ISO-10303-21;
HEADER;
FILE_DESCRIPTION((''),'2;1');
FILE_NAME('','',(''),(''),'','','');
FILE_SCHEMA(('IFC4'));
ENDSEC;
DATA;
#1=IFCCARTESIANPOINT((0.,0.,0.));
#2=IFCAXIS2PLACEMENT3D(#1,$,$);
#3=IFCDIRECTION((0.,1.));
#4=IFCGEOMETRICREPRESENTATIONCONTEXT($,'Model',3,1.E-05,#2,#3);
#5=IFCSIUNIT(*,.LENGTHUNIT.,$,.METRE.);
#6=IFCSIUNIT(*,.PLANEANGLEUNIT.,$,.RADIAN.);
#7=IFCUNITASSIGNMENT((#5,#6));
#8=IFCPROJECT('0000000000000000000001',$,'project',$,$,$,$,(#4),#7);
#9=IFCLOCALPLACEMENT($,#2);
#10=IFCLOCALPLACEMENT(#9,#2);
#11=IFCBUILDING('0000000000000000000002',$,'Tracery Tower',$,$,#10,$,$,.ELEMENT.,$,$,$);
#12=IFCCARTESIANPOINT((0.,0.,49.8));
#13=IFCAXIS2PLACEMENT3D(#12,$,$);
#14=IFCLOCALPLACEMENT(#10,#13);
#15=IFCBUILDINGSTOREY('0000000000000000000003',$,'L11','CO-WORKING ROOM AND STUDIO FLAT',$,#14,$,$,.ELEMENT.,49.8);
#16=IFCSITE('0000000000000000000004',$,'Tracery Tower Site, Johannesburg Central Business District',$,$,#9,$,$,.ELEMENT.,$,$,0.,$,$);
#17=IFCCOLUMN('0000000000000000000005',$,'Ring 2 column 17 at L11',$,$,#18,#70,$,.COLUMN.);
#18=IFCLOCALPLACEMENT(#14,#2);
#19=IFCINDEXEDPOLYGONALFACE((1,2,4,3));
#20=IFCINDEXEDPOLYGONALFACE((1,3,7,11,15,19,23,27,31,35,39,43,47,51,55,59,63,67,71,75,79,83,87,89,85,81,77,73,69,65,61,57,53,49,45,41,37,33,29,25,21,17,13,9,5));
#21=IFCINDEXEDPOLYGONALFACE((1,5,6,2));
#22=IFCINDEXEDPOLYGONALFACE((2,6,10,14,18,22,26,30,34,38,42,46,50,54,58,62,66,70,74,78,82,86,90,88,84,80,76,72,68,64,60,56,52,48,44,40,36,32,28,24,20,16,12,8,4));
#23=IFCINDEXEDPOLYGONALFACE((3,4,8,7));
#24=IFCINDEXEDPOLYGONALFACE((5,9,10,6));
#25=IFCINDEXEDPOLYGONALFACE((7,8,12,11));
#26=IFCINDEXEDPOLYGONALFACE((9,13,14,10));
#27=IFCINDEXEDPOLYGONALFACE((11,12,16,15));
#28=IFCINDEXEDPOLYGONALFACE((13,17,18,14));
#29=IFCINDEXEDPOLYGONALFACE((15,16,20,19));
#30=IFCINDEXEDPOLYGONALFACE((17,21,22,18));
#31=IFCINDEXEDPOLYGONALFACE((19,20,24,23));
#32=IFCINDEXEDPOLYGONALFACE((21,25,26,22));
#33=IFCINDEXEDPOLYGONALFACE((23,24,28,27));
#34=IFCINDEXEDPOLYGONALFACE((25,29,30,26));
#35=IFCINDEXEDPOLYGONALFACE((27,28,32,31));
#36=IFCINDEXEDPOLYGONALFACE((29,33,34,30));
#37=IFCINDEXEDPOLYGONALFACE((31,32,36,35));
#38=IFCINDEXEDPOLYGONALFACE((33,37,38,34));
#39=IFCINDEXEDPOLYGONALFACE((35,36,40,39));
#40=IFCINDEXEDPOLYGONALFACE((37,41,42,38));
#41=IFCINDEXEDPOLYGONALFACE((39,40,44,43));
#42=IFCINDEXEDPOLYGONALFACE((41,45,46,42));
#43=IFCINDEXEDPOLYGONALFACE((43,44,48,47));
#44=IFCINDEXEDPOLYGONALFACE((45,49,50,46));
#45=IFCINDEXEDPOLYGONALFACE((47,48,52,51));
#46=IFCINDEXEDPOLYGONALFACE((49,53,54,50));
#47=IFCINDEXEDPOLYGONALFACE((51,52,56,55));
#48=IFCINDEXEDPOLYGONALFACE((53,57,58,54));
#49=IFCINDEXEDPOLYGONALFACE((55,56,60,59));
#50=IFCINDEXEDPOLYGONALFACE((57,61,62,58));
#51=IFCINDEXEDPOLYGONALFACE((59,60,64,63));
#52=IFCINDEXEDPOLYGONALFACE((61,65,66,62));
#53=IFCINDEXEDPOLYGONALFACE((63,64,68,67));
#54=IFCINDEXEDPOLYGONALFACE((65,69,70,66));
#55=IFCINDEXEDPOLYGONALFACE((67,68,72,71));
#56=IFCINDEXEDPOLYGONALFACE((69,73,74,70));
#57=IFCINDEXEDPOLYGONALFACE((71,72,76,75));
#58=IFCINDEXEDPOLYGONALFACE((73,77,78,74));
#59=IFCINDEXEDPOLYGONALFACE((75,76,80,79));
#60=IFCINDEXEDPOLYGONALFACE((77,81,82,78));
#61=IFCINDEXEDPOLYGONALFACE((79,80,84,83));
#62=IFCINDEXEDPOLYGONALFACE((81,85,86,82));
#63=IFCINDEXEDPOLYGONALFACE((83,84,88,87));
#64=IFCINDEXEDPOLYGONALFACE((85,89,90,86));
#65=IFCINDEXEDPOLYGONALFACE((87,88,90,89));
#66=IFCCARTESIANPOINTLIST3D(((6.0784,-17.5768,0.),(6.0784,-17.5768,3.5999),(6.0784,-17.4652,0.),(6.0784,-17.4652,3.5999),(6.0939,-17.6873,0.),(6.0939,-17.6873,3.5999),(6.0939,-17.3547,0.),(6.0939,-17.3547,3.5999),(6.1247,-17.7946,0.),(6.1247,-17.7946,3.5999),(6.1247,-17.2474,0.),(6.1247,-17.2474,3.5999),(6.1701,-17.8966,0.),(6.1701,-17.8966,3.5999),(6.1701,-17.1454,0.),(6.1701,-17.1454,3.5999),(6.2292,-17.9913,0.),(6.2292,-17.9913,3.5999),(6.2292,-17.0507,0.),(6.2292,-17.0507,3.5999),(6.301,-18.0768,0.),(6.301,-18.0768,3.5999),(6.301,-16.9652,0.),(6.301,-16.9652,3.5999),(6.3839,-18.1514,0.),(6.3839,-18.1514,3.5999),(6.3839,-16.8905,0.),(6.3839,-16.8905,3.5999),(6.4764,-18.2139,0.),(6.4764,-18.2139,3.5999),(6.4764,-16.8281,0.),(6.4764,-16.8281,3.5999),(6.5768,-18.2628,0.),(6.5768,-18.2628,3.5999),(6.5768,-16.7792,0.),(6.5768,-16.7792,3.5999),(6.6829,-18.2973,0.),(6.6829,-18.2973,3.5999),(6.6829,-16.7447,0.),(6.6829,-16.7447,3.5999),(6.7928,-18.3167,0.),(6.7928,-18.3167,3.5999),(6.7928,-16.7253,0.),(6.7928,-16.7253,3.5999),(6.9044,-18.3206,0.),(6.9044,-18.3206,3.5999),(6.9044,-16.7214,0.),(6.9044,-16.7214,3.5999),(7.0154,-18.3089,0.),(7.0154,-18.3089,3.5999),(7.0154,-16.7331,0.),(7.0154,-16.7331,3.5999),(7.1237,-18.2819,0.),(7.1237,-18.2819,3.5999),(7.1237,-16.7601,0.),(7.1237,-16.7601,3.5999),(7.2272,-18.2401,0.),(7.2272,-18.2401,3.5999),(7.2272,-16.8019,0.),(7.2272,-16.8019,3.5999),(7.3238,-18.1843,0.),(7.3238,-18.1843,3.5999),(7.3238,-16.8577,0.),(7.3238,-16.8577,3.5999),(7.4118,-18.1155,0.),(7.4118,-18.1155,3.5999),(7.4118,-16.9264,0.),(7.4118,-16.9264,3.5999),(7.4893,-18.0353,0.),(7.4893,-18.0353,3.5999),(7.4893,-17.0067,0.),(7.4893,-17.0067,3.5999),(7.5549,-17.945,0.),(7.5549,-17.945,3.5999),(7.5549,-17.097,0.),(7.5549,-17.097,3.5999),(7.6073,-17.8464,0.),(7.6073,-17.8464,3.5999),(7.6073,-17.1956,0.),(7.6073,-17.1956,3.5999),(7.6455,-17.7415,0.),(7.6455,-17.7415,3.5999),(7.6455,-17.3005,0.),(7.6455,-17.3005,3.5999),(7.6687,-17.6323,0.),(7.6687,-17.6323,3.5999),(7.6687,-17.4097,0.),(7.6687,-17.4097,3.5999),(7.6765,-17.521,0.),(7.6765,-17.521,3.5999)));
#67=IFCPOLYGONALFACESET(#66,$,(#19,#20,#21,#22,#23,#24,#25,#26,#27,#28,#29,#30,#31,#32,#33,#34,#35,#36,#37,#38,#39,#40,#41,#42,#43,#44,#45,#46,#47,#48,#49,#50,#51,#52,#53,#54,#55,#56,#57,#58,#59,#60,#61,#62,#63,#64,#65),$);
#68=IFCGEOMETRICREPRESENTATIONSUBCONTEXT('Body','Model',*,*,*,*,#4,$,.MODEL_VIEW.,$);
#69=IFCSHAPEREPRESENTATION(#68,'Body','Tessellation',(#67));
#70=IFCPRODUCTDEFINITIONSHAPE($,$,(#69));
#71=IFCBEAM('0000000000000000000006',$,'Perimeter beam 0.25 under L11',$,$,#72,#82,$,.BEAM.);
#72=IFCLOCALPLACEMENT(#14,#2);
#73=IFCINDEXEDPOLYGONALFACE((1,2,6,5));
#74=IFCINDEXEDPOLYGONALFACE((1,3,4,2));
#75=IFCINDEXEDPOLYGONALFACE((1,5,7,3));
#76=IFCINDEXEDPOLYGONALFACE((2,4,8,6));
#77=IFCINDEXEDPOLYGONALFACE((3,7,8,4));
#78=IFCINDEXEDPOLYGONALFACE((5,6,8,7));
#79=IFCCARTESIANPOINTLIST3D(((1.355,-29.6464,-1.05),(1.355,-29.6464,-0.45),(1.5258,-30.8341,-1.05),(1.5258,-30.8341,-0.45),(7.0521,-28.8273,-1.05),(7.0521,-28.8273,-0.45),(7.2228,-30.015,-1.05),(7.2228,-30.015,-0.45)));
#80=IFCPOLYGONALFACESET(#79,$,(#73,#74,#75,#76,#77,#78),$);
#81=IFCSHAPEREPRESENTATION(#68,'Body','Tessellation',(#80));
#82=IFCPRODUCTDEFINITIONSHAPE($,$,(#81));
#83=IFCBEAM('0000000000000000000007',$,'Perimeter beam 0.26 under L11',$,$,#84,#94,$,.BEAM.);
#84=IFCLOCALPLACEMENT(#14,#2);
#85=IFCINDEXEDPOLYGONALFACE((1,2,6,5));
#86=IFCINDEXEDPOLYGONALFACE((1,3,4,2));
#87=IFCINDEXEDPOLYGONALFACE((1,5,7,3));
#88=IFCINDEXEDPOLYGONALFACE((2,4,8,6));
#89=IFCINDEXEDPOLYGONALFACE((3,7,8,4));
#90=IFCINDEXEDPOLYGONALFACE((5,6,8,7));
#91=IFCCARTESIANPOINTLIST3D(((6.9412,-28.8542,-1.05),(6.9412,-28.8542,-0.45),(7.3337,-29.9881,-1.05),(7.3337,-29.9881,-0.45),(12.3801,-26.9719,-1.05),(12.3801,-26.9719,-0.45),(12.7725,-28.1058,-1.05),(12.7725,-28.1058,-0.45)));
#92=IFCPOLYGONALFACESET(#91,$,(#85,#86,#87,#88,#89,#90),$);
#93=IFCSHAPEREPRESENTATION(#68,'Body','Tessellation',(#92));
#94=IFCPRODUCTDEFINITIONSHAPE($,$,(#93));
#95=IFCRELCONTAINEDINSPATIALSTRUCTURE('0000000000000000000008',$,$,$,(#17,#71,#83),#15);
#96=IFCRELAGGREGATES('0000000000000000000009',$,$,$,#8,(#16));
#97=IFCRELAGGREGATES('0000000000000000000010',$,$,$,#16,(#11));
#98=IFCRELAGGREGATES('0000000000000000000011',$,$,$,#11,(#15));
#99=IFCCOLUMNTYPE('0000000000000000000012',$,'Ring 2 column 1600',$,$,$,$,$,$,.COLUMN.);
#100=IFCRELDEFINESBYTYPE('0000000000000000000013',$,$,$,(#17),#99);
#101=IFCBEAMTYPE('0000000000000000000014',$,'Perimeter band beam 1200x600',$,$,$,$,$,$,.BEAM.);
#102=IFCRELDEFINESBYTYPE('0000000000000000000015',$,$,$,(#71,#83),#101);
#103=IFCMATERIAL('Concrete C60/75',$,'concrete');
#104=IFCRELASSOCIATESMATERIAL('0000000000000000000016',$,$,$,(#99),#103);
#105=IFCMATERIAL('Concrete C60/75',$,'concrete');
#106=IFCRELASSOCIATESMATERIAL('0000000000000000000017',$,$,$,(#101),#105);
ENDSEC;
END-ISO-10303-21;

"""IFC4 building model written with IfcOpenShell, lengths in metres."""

from ifc_helpers import new_model, si_unit, direction, frame, origin, origin_2d, place, context, subcontext, project, spatial, rectangle, circle, extrude, material, material_profile, profile_set, type_object, element, save


model = new_model("IFC4")

# Units and contexts
model_context = context("Model", 3, precision=1e-05, world=origin(), true_north=direction((0.0, 1.0)))
body_context = subcontext(model_context, "Body", "Model", "MODEL_VIEW")
ifc_project = project(units=[si_unit("LENGTHUNIT", "METRE"), si_unit("PLANEANGLEUNIT", "RADIAN")], contexts=[model_context])

# Site, building, storey
site_placement = place(None, origin())
site = spatial("IfcSite", under=ifc_project, at=site_placement, Name="Tracery Tower Site, Johannesburg Central Business District", CompositionType="ELEMENT", RefElevation=0.0)
building_placement = place(site_placement, origin())
building = spatial("IfcBuilding", under=site, at=building_placement, Name="Tracery Tower", CompositionType="ELEMENT")
storey_placement = place(building_placement, frame((0.0, 0.0, 49.8)))
storey = spatial("IfcBuildingStorey", under=building, at=storey_placement, Name="L11", Description="CO-WORKING ROOM AND STUDIO FLAT", CompositionType="ELEMENT", Elevation=49.8)

# Column
ifc_material_1 = material(Name="Concrete C60/75", Category="concrete")
ifc_material_profile_1 = material_profile(ifc_material_1, circle(Radius=0.8, at=origin_2d()), Name="RC D1600")
ifc_profile_set_1 = profile_set([ifc_material_profile_1], Name="Concrete C60/75")
column_type_1 = type_object("IfcColumnType", Name="Ring 2 column 1600", PredefinedType="COLUMN", material=ifc_profile_set_1)
for number, where, z_axis, x_axis, name in (
    (1, (6.8765, -17.521, 0.0), (0.0, 0.0, 1.0), (1.0, 0.0, 0.0), "Ring 2 column 17 at L11"),
):
    element("IfcColumn", number, at=place(storey_placement, frame(where, z_axis=z_axis, x_axis=x_axis)), inside=storey, type_object=column_type_1, Name=name, PredefinedType="COLUMN", context=body_context, shape_type="SweptSolid", body=[
        extrude(circle(Radius=0.8, at=origin_2d()), origin(), (0.0, 0.0, 1.0), 3.5999),
    ])

# Beams
ifc_material_2 = material(Name="Concrete C60/75", Category="concrete")
ifc_material_profile_2 = material_profile(ifc_material_2, rectangle(XDim=1.2, YDim=0.6001, at=origin_2d()), Name="RC 1200x600")
ifc_profile_set_2 = profile_set([ifc_material_profile_2], Name="Concrete C60/75")
beam_type = type_object("IfcBeamType", Name="Perimeter band beam 1200x600", PredefinedType="BEAM", material=ifc_profile_set_2)
beam_1_placement = place(storey_placement, frame((1.4404, -30.2402, -0.75), z_axis=(0.989822, 0.142312, 0.0), x_axis=(-0.142312, 0.989822, 0.0)))
element("IfcBeam", 2, at=beam_1_placement, inside=storey, type_object=beam_type, Name="Perimeter beam 0.25 under L11", PredefinedType="BEAM", context=body_context, shape_type="SweptSolid", body=[
    extrude(rectangle(XDim=1.2, YDim=0.6001, at=origin_2d()), origin(), (0.0, 0.0, 1.0), 5.7556),
])
beam_2_placement = place(storey_placement, frame((7.1375, -29.4211, -0.75), z_axis=(0.945007, 0.327049, 0.0), x_axis=(-0.327049, 0.945007, 0.0)))
element("IfcBeam", 3, at=beam_2_placement, inside=storey, type_object=beam_type, Name="Perimeter beam 0.26 under L11", PredefinedType="BEAM", context=body_context, shape_type="SweptSolid", body=[
    extrude(rectangle(XDim=1.2, YDim=0.6001, at=origin_2d()), origin(), (0.0, 0.0, 1.0), 5.7554),
])

save(model, "model.ifc")
